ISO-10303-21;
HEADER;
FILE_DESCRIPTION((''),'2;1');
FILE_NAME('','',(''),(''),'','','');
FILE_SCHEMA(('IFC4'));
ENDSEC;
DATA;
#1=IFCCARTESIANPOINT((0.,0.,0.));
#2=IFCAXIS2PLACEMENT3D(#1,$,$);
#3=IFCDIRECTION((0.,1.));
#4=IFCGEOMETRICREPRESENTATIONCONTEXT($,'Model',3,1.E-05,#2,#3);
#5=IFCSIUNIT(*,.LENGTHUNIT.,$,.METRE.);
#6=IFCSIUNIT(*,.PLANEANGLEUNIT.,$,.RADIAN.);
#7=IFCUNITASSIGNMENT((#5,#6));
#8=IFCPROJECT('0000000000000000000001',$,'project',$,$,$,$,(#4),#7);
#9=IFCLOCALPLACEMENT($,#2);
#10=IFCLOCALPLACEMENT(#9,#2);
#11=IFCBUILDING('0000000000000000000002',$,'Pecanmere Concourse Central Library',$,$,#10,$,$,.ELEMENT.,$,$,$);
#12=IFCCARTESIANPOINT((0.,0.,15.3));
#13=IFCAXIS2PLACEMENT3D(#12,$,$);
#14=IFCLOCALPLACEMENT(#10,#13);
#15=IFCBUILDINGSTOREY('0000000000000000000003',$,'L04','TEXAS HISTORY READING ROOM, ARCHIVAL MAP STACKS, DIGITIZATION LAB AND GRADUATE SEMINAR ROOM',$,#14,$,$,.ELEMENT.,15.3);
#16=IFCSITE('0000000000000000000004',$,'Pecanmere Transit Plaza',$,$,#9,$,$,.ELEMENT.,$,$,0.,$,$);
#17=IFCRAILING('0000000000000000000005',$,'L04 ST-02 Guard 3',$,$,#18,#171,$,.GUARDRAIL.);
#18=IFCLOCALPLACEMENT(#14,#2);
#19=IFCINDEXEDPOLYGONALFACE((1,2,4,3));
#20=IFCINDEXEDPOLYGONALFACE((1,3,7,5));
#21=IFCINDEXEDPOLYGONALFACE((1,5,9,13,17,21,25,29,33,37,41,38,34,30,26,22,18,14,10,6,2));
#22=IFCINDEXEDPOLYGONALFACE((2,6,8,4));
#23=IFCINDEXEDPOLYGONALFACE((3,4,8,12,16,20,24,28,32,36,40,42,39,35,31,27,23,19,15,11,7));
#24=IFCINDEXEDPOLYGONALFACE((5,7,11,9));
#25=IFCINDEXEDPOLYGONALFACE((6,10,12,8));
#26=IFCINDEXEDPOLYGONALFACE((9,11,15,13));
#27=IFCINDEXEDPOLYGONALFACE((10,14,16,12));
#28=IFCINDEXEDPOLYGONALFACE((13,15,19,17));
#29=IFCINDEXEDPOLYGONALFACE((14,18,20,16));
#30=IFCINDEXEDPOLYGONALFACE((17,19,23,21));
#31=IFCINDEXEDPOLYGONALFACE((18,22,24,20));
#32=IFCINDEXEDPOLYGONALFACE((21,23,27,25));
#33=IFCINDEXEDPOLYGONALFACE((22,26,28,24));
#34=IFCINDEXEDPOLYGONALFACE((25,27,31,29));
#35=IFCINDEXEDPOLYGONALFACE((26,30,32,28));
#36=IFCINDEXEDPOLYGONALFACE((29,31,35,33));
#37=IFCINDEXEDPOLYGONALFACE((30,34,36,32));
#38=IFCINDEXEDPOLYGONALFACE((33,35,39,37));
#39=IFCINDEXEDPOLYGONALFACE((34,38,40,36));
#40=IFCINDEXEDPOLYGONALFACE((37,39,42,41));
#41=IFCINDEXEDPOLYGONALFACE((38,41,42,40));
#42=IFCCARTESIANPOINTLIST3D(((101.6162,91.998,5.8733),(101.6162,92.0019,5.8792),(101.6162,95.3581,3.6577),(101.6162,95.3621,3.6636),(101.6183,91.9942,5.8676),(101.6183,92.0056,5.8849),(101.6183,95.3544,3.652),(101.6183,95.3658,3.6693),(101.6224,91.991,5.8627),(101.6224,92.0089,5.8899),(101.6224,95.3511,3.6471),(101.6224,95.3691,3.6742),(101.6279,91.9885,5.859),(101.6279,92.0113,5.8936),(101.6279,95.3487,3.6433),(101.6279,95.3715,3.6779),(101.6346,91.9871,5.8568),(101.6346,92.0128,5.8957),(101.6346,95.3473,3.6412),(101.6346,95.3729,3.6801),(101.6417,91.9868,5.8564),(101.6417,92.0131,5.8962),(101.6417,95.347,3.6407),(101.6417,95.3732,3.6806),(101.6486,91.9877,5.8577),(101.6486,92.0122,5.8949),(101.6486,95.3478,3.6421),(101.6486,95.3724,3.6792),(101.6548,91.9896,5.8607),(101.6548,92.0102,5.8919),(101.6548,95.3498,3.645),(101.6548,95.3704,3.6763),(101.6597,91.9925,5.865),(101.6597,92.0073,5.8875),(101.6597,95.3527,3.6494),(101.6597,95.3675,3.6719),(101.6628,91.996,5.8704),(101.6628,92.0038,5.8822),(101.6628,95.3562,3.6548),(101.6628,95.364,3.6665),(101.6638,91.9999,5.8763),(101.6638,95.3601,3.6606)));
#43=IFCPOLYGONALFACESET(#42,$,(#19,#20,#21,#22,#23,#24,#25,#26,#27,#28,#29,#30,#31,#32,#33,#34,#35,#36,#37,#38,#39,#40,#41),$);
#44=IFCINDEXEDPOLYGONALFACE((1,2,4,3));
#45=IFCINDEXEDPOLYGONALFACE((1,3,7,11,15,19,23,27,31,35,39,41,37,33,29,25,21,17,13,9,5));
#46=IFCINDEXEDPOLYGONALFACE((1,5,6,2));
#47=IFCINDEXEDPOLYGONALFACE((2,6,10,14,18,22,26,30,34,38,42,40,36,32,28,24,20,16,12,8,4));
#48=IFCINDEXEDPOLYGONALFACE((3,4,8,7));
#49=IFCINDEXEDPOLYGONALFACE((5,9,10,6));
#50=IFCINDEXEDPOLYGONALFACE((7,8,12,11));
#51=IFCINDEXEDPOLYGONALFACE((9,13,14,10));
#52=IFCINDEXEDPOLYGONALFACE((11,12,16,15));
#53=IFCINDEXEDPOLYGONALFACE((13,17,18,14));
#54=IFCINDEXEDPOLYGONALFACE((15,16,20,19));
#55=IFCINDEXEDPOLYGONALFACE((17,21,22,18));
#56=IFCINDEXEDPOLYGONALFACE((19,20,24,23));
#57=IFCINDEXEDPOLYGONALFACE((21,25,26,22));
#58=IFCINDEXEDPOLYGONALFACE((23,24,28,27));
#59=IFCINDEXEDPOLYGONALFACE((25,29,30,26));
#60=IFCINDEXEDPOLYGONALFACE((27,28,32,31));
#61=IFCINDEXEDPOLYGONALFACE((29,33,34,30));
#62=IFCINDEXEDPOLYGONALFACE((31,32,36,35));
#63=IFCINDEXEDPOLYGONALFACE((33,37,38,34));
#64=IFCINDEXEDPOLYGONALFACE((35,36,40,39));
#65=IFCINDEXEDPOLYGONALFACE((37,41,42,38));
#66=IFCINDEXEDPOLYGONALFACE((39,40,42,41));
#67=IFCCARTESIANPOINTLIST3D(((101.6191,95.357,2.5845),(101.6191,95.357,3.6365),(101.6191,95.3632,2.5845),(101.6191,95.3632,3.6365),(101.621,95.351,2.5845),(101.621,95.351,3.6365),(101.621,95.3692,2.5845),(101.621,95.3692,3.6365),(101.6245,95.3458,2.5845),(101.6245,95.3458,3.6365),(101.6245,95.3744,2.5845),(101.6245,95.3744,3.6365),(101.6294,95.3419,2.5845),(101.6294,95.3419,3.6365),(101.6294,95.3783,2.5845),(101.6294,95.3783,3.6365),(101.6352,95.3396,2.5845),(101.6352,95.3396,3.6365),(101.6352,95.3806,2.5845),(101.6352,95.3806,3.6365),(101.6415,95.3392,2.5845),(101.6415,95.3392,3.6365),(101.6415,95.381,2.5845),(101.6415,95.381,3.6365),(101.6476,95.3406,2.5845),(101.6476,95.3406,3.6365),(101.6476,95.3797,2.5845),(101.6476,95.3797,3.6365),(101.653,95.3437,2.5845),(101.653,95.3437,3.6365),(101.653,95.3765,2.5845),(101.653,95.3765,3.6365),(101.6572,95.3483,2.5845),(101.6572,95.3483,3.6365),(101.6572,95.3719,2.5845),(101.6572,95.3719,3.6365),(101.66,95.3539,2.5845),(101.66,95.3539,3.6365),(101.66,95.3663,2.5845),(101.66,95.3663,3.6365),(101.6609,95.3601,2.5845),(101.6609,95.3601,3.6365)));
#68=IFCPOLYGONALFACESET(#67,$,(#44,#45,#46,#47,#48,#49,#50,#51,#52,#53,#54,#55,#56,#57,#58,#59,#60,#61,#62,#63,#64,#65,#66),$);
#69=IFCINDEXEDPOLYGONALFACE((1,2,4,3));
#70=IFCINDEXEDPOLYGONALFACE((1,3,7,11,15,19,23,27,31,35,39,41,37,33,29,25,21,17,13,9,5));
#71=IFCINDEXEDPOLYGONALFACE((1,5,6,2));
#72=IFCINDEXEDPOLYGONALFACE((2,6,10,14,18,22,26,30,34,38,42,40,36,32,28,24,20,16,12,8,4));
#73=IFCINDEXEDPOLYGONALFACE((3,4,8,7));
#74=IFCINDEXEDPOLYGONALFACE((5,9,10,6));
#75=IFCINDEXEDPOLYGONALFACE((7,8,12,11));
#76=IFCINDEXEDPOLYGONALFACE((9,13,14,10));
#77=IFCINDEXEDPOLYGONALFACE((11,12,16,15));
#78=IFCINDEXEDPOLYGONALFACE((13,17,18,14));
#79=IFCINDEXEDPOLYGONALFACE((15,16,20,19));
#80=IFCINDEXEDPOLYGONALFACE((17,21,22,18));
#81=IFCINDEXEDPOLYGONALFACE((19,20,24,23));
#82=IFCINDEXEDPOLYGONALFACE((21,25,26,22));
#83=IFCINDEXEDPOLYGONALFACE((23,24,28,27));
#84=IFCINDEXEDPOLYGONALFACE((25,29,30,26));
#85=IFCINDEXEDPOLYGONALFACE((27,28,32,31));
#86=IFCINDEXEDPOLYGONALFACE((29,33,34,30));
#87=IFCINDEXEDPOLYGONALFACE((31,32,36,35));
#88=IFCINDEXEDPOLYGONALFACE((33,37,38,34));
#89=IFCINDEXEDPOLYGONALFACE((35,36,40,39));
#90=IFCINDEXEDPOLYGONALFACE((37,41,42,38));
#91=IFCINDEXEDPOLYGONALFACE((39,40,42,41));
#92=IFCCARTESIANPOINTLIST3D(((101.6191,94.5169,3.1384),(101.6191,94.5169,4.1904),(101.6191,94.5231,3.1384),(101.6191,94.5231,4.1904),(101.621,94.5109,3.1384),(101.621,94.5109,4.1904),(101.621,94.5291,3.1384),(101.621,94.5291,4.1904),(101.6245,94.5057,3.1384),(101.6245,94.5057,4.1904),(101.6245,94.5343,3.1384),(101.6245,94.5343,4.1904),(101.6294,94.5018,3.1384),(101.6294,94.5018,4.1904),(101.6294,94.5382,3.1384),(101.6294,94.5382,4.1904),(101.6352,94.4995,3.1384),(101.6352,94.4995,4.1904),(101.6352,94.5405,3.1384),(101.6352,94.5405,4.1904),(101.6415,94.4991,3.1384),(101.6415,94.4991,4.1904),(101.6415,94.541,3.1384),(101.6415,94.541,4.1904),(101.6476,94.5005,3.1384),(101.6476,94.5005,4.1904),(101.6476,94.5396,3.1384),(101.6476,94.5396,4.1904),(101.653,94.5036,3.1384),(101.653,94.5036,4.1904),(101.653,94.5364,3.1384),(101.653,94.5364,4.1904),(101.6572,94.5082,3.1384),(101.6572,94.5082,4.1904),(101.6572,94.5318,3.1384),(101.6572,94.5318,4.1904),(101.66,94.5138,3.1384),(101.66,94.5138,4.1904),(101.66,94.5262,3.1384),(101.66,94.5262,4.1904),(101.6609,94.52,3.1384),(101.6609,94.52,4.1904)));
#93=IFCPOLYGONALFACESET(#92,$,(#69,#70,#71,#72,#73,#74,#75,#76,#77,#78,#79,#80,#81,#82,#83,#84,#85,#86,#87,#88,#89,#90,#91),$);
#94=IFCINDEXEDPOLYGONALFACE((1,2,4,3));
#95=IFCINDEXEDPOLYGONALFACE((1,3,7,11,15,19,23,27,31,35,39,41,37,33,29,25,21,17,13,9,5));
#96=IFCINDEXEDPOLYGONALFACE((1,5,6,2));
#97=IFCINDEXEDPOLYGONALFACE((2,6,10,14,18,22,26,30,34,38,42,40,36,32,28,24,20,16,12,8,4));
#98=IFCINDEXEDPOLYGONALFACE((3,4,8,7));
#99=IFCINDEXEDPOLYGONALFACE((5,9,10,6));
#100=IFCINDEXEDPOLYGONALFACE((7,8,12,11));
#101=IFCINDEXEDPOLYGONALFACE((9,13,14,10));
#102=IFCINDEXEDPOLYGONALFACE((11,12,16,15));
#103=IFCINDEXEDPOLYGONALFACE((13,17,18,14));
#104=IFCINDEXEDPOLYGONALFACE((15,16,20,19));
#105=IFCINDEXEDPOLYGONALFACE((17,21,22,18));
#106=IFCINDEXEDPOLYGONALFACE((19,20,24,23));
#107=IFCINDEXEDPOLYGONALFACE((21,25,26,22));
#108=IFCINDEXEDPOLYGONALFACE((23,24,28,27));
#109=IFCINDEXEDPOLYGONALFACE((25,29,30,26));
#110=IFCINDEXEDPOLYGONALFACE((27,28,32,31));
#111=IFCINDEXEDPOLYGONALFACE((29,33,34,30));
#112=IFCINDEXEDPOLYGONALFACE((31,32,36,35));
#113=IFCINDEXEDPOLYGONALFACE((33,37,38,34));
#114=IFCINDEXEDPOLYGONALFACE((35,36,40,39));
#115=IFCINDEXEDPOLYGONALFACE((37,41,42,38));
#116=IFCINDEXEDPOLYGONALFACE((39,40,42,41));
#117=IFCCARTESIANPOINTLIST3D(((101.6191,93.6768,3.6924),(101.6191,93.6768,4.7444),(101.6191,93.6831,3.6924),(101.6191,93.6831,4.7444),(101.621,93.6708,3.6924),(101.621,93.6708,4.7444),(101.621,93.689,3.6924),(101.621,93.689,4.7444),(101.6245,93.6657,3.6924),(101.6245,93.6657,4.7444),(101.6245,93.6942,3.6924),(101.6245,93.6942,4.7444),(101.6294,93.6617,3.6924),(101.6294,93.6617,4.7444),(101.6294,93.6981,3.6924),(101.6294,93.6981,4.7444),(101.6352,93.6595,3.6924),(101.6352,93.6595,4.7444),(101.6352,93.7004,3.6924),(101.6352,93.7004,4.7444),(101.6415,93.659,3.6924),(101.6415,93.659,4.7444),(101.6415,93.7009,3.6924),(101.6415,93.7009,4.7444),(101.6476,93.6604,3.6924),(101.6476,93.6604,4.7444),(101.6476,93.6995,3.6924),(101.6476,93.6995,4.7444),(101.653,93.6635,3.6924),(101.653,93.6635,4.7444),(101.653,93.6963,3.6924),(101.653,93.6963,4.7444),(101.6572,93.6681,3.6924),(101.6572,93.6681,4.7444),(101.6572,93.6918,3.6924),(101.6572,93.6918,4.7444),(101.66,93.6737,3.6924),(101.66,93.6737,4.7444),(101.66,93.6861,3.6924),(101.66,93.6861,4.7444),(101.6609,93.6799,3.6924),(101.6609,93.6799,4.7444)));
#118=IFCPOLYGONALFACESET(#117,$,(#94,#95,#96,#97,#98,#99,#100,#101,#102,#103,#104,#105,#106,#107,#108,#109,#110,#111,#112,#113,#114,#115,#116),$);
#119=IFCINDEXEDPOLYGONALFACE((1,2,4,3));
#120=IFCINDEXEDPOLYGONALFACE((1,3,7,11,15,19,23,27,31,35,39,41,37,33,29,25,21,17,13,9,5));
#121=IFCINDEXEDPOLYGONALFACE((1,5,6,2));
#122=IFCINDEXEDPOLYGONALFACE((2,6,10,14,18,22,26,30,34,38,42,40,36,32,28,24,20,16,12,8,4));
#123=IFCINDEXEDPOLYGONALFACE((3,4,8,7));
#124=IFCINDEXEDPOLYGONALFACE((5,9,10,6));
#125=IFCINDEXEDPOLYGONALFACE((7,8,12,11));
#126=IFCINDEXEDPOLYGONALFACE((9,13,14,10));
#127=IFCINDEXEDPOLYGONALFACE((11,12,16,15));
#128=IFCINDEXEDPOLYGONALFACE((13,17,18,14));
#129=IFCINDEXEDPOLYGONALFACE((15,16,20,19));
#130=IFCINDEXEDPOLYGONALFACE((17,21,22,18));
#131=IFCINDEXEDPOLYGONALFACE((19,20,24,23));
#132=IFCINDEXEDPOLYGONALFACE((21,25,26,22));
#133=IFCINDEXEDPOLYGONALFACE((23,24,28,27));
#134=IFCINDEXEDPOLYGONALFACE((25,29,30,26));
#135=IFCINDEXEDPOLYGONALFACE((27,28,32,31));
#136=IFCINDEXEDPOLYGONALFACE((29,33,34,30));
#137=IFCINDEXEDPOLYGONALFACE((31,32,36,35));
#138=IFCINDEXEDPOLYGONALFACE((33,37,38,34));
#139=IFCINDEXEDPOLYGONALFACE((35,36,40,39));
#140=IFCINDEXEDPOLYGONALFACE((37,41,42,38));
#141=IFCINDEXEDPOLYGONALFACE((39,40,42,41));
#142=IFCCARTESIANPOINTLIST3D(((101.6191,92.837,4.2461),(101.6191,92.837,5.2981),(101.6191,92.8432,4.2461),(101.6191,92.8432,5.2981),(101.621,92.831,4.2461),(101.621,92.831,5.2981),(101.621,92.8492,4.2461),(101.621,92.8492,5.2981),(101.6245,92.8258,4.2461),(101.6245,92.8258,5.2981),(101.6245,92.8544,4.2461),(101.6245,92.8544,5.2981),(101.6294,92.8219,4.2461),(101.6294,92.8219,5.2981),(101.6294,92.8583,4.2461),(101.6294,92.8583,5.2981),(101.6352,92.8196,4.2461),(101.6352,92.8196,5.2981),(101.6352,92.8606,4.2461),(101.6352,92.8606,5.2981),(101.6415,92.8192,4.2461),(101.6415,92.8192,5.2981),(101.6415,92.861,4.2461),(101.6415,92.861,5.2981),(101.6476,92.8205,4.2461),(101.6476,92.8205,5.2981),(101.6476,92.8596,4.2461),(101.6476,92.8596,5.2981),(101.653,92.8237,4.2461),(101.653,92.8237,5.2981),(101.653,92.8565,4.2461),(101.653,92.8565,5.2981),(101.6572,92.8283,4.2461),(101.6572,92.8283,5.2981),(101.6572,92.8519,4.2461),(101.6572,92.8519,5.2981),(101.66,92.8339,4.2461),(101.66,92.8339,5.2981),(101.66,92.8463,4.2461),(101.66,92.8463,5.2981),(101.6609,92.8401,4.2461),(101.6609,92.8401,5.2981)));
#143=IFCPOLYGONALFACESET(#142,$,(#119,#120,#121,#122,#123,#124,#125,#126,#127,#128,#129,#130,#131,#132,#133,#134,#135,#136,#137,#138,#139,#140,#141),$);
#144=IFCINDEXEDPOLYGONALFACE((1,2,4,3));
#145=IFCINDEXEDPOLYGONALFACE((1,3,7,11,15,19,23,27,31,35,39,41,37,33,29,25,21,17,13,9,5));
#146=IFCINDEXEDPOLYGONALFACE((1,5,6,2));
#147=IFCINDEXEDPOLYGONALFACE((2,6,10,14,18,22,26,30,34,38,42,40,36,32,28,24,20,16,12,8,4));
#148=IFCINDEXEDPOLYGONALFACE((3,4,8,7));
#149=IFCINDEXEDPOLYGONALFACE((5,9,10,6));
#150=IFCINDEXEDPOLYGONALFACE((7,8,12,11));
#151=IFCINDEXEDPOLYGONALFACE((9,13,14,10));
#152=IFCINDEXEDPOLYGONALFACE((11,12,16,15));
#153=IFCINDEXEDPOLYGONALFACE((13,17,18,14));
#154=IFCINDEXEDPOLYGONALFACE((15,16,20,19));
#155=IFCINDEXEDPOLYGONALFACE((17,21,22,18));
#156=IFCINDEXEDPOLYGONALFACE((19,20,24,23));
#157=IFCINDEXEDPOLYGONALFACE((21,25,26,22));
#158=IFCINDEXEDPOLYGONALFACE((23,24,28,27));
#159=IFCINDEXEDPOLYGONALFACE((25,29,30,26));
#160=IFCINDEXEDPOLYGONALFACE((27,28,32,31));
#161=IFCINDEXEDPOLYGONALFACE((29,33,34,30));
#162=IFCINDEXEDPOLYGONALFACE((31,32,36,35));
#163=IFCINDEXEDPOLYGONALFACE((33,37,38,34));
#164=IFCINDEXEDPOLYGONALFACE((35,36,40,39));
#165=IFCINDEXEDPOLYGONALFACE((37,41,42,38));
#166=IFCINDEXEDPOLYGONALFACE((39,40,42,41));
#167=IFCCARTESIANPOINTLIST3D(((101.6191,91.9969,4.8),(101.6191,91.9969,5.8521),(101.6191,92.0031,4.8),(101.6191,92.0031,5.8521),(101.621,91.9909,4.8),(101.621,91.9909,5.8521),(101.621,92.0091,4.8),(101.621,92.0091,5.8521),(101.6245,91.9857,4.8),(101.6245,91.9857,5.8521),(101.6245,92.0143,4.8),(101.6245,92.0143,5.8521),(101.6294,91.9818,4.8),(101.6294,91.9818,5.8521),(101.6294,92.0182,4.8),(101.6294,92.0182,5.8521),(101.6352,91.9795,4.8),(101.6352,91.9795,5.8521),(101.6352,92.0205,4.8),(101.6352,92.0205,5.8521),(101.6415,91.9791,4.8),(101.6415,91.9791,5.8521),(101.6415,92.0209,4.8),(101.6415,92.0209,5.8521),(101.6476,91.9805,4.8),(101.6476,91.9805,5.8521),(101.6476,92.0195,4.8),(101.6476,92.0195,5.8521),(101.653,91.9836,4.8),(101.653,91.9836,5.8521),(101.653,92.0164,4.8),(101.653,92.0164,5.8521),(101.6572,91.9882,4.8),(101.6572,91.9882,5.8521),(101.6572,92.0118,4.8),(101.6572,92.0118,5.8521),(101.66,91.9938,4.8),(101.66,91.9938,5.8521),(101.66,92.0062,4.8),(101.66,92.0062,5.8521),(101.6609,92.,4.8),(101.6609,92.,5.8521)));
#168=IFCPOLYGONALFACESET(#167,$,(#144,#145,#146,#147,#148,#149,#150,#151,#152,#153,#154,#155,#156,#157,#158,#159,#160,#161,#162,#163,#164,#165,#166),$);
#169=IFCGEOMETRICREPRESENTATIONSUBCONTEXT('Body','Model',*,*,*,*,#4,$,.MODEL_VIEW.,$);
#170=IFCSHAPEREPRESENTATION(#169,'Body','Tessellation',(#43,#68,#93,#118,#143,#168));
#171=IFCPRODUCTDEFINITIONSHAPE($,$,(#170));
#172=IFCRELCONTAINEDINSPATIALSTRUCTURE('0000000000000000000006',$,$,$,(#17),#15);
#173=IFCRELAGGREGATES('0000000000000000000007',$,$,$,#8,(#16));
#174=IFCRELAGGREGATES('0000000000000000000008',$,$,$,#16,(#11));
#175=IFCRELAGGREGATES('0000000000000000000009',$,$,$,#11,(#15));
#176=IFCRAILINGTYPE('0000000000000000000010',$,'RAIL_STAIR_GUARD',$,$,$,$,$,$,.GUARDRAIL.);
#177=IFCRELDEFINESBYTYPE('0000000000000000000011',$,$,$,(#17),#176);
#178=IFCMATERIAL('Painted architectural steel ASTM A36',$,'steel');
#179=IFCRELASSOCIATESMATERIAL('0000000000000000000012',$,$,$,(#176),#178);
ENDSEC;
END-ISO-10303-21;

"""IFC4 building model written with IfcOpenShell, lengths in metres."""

from ifc_helpers import new_model, si_unit, direction, frame, origin, origin_2d, place, context, subcontext, project, spatial, circle, extrude, material, type_object, element, save


model = new_model("IFC4")

# Units and contexts
model_context = context("Model", 3, precision=1e-05, world=origin(), true_north=direction((0.0, 1.0)))
body_context = subcontext(model_context, "Body", "Model", "MODEL_VIEW")
ifc_project = project(units=[si_unit("LENGTHUNIT", "METRE"), si_unit("PLANEANGLEUNIT", "RADIAN")], contexts=[model_context])

# Site, building, storey
site_placement = place(None, origin())
site = spatial("IfcSite", under=ifc_project, at=site_placement, Name="Pecanmere Transit Plaza", CompositionType="ELEMENT", RefElevation=0.0)
building_placement = place(site_placement, origin())
building = spatial("IfcBuilding", under=site, at=building_placement, Name="Pecanmere Concourse Central Library", CompositionType="ELEMENT")
storey_placement = place(building_placement, frame((0.0, 0.0, 15.3)))
storey = spatial("IfcBuildingStorey", under=building, at=storey_placement, Name="L04", Description="TEXAS HISTORY READING ROOM, ARCHIVAL MAP STACKS, DIGITIZATION LAB AND GRADUATE SEMINAR ROOM", CompositionType="ELEMENT", Elevation=15.3)

# Railing
ifc_material_1 = material(Name="Painted architectural steel ASTM A36", Category="steel")
railing_type_1 = type_object("IfcRailingType", Name="RAIL_STAIR_GUARD", PredefinedType="GUARDRAIL", material=ifc_material_1)
railing_1_placement = place(storey_placement, frame((101.6399, 95.3601, 2.5845)))
element("IfcRailing", 1, at=railing_1_placement, inside=storey, type_object=railing_type_1, Name="L04 ST-02 Guard 3", PredefinedType="GUARDRAIL", context=body_context, shape_type="SweptSolid", body=[
    extrude(circle(Radius=0.0239, at=origin_2d()), frame((0.0, 0.0, 1.0762), z_axis=(0.0, -0.834849, 0.55048), x_axis=(1.0, 0.0, 0.0)), (0.0, 0.0, 1.0), 4.0249),
    extrude(circle(Radius=0.021, at=origin_2d()), origin(), (0.0, 0.0, 1.0), 1.052),
    extrude(circle(Radius=0.021, at=origin_2d()), frame((0.0, -0.8401, 0.554)), (0.0, 0.0, 1.0), 1.052),
    extrude(circle(Radius=0.021, at=origin_2d()), frame((0.0, -1.6802, 1.1079)), (0.0, 0.0, 1.0), 1.052),
    extrude(circle(Radius=0.021, at=origin_2d()), frame((0.0, -2.52, 1.6616)), (0.0, 0.0, 1.0), 1.052),
    extrude(circle(Radius=0.021, at=origin_2d()), frame((0.0, -3.3601, 2.2156)), (0.0, 0.0, 1.0), 1.052),
])

save(model, "model.ifc")
